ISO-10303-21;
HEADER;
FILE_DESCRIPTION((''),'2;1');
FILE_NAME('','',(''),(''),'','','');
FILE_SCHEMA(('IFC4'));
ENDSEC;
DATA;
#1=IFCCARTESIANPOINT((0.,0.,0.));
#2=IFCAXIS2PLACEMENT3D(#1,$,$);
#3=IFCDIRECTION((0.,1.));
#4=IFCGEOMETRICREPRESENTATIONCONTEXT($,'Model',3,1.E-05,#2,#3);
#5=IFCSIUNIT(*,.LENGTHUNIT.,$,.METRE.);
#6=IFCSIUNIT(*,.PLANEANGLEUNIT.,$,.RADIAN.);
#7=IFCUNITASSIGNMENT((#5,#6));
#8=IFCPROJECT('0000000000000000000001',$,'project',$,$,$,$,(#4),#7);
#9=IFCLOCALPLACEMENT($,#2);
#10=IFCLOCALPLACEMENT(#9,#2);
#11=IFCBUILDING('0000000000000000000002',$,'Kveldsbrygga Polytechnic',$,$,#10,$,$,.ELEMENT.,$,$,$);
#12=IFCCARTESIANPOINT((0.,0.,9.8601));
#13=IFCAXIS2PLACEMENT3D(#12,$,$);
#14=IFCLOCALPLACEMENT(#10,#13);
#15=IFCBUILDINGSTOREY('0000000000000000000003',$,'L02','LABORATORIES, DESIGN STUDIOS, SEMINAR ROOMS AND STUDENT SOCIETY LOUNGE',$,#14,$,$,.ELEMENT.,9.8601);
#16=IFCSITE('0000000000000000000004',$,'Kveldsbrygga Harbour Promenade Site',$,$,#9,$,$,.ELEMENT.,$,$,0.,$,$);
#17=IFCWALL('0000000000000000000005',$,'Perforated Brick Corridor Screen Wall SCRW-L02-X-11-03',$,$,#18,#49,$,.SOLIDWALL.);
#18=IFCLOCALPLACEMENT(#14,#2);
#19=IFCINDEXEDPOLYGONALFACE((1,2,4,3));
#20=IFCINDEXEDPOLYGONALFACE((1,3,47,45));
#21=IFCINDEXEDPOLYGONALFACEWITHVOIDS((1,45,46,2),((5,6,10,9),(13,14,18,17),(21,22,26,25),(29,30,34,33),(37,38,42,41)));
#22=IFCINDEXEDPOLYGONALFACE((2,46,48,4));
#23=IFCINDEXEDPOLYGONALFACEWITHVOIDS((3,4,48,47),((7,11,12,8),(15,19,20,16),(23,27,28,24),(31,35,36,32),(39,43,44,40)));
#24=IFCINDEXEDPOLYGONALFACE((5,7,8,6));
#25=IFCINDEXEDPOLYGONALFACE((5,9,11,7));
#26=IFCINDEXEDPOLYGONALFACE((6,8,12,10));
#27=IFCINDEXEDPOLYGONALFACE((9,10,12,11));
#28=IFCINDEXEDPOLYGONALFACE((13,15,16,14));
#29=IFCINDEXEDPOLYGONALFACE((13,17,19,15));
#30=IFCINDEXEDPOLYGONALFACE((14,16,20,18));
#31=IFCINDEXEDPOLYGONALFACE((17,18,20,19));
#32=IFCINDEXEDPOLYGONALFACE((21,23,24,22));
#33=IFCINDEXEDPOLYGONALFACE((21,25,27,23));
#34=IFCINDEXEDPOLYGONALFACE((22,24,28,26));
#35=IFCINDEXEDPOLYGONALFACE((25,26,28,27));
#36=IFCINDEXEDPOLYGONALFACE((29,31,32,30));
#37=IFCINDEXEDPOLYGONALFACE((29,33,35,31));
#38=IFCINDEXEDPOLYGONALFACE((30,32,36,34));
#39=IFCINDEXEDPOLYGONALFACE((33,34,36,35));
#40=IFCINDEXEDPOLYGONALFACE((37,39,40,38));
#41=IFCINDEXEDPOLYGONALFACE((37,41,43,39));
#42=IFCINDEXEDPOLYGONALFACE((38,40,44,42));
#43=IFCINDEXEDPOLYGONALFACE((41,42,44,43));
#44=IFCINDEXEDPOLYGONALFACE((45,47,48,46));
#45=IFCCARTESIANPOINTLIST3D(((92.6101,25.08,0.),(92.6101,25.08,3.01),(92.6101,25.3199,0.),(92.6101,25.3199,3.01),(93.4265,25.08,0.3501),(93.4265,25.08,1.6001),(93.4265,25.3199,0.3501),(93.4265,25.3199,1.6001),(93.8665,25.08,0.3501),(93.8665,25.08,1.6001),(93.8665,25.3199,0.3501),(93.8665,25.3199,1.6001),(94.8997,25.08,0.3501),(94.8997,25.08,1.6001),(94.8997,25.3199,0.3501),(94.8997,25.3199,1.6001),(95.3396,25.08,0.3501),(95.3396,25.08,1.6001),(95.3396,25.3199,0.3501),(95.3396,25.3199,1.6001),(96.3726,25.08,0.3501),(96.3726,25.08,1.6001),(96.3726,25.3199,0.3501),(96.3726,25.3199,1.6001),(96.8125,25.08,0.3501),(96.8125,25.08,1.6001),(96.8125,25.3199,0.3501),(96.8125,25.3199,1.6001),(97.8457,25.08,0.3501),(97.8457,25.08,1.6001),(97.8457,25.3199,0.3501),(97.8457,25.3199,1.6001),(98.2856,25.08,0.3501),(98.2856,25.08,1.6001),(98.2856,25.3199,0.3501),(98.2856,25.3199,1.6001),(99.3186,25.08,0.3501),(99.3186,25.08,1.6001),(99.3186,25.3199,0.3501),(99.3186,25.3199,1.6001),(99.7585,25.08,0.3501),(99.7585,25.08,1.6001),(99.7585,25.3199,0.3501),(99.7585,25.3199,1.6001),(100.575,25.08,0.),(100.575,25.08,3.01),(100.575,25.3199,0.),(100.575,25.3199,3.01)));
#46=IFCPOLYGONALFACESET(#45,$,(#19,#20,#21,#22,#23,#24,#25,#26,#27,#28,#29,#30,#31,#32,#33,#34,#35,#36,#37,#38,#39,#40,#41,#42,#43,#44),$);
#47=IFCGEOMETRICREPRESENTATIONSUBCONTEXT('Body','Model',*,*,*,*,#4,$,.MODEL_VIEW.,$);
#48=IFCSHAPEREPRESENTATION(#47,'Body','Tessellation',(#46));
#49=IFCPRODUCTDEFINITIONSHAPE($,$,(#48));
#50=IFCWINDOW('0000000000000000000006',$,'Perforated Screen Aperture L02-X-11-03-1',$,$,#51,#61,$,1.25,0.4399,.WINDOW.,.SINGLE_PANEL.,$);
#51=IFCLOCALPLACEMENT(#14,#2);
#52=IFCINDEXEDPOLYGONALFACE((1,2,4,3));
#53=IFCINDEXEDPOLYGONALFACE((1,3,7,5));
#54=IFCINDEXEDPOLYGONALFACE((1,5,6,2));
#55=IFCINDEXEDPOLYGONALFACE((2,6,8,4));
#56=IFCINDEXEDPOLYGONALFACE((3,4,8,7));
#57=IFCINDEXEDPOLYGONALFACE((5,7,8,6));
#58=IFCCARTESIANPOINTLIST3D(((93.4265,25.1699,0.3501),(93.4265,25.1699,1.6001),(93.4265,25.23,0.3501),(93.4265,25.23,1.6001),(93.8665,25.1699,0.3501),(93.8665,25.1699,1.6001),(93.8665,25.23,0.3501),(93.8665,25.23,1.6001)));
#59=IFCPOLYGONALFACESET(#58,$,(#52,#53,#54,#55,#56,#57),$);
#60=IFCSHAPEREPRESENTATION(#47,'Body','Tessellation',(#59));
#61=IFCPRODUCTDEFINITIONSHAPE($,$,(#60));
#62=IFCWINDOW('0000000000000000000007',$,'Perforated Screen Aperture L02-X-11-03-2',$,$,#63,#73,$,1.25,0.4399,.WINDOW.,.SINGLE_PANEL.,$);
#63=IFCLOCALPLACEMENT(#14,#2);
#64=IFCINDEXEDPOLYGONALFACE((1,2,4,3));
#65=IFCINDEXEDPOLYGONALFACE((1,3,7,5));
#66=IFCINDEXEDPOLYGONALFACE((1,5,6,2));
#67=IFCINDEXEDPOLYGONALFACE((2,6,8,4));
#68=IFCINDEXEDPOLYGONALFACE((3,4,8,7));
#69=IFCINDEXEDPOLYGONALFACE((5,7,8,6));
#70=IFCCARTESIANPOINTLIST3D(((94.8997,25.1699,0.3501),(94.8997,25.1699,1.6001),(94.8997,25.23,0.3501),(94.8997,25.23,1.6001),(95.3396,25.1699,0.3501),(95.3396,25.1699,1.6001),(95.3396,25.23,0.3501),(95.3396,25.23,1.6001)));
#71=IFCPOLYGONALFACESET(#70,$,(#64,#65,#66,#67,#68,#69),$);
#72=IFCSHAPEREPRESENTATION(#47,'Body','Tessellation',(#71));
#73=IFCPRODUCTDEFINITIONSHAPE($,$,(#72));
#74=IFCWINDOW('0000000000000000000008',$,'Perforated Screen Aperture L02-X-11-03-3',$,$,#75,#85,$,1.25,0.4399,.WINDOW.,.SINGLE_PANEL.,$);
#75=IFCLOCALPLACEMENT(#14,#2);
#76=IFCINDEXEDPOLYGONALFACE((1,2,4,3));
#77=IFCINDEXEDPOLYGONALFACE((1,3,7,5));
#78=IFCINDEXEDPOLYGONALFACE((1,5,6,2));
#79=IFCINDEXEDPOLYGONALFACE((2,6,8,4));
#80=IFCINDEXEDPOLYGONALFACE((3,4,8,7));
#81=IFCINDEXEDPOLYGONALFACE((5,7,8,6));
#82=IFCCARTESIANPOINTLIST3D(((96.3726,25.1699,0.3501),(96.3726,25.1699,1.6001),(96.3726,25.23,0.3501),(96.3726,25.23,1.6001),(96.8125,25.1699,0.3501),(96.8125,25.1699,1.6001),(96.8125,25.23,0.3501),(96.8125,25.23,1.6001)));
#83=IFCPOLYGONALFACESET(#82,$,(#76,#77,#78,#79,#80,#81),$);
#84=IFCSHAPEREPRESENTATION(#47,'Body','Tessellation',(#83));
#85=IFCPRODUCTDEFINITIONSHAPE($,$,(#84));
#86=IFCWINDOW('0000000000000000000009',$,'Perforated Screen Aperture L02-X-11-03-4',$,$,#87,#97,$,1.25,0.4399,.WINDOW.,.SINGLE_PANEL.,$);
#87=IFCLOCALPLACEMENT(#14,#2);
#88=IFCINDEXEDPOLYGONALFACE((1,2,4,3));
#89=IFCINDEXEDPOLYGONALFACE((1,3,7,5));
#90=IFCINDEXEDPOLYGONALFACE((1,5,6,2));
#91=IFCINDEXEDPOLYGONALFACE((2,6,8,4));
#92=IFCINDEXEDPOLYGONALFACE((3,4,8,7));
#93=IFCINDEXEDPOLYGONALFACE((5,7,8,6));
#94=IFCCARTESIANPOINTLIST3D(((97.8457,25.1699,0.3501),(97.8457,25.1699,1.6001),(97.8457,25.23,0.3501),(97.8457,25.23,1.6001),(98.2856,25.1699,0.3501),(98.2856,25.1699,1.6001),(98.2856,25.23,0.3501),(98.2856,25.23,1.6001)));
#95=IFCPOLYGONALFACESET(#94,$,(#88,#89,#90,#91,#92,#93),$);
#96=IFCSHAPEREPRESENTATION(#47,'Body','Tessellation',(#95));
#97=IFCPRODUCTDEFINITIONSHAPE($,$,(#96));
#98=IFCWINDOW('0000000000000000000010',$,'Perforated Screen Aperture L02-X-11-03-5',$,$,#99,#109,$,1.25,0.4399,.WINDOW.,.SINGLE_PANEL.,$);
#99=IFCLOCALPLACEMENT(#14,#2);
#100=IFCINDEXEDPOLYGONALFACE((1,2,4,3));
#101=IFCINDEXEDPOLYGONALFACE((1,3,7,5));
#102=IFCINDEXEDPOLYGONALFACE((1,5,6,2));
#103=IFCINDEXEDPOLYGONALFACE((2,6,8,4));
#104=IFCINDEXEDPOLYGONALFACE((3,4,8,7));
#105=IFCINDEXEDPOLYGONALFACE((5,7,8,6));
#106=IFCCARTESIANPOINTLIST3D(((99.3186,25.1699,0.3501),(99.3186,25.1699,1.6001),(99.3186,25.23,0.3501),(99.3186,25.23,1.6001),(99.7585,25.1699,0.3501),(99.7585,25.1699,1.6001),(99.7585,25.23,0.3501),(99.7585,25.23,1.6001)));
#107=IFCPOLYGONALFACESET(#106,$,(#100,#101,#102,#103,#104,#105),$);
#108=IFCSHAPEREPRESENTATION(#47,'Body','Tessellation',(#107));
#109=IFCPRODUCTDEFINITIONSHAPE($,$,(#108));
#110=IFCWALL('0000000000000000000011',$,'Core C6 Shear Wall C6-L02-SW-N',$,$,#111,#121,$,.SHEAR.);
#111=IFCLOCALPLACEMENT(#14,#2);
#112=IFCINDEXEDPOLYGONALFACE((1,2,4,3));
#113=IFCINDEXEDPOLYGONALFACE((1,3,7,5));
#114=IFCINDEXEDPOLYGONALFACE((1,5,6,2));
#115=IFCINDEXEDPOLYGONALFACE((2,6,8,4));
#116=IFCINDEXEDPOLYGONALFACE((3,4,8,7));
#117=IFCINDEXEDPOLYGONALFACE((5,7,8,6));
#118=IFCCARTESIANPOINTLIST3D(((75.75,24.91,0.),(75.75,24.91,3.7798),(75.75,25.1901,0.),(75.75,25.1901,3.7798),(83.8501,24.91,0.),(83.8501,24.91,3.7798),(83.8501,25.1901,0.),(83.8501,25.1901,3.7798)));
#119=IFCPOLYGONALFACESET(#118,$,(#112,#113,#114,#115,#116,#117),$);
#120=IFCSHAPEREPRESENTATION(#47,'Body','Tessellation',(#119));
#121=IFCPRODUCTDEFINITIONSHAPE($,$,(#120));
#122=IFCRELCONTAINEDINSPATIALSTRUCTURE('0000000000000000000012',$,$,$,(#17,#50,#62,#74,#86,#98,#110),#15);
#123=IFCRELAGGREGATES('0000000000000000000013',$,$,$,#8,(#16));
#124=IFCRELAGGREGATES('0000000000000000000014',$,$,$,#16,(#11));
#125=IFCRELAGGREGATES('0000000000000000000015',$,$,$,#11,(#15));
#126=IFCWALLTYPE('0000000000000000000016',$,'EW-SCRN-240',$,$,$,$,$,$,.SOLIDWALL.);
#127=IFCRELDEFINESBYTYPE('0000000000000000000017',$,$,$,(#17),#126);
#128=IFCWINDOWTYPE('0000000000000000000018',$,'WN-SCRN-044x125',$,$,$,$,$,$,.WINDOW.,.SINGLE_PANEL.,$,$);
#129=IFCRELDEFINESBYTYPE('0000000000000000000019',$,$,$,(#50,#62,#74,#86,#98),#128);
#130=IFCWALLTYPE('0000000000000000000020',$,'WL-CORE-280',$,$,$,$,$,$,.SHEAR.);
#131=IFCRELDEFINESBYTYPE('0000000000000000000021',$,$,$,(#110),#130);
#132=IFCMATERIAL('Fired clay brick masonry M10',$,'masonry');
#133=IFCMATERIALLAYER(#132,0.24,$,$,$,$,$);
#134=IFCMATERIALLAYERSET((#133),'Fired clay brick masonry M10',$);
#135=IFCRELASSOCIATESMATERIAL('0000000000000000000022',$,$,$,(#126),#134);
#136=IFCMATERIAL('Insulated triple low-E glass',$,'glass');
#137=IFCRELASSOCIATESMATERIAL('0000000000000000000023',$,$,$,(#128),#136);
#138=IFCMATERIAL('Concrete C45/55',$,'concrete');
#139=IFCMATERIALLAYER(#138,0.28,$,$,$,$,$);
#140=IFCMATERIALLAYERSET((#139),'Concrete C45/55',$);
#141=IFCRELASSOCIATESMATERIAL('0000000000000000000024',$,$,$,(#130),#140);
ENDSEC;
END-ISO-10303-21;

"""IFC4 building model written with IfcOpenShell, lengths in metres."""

from ifc_helpers import new_model, si_unit, direction, frame, frame_2d, origin, place, context, subcontext, project, spatial, rectangle, extrude, material, layer, layer_set, type_object, element, fill, save


model = new_model("IFC4")

# Units and contexts
model_context = context("Model", 3, precision=1e-05, world=origin(), true_north=direction((0.0, 1.0)))
body_context = subcontext(model_context, "Body", "Model", "MODEL_VIEW")
ifc_project = project(units=[si_unit("LENGTHUNIT", "METRE"), si_unit("PLANEANGLEUNIT", "RADIAN")], contexts=[model_context])

# Site, building, storey
site_placement = place(None, origin())
site = spatial("IfcSite", under=ifc_project, at=site_placement, Name="Kveldsbrygga Harbour Promenade Site", CompositionType="ELEMENT", RefElevation=0.0)
building_placement = place(site_placement, origin())
building = spatial("IfcBuilding", under=site, at=building_placement, Name="Kveldsbrygga Polytechnic", CompositionType="ELEMENT")
storey_placement = place(building_placement, frame((0.0, 0.0, 9.8601)))
storey = spatial("IfcBuildingStorey", under=building, at=storey_placement, Name="L02", Description="LABORATORIES, DESIGN STUDIOS, SEMINAR ROOMS AND STUDENT SOCIETY LOUNGE", CompositionType="ELEMENT", Elevation=9.8601)

# Shared definitions
ifc_material_1 = material(Name="Concrete C45/55", Category="concrete")

# Shared definitions
ifc_material_2 = material(Name="Fired clay brick masonry M10", Category="masonry")

# Wall, openings, windows
ifc_layer_1 = layer(ifc_material_2, 0.24)
ifc_layer_set_1 = layer_set([ifc_layer_1], Name="Fired clay brick masonry M10")
wall_type_1 = type_object("IfcWallType", Name="EW-SCRN-240", PredefinedType="SOLIDWALL", material=ifc_layer_set_1)
ifc_material_3 = material(Name="Insulated triple low-E glass", Category="glass")
window_type = type_object("IfcWindowType", Name="WN-SCRN-044x125", PartitioningType="SINGLE_PANEL", PredefinedType="WINDOW", material=ifc_material_3)
wall_1_placement = place(storey_placement, frame((92.6101, 25.2, 0.0), z_axis=(0.0, 0.0, 1.0), x_axis=(1.0, 0.0, 0.0)))
wall_1 = element("IfcWall", 1, at=wall_1_placement, inside=storey, type_object=wall_type_1, Name="Perforated Brick Corridor Screen Wall SCRW-L02-X-11-03", PredefinedType="SOLIDWALL", context=body_context, shape_type="SweptSolid", body=[
    extrude(rectangle(XDim=7.9648, YDim=0.24, at=frame_2d((3.9824, 0.0))), origin(), (0.0, 0.0, 1.0), 3.01),
])
opening_1_placement = place(wall_1_placement, frame((0.8164, 0.0, 0.3501)))
opening_1 = element("IfcOpeningElement", 2, at=opening_1_placement, cuts=wall_1, PredefinedType="OPENING", context=body_context, shape_type="SweptSolid", body=[
    extrude(rectangle(XDim=0.4399, YDim=1.25, at=frame_2d((0.22, 0.625))), frame((0.0, 0.1299, 0.0), z_axis=(0.0, -1.0, 0.0), x_axis=(1.0, 0.0, 0.0)), (0.0, 0.0, 1.0), 0.26),
])
opening_2_placement = place(wall_1_placement, frame((2.2896, 0.0, 0.3501)))
opening_2 = element("IfcOpeningElement", 3, at=opening_2_placement, cuts=wall_1, PredefinedType="OPENING", context=body_context, shape_type="SweptSolid", body=[
    extrude(rectangle(XDim=0.4399, YDim=1.25, at=frame_2d((0.22, 0.625))), frame((0.0, 0.1299, 0.0), z_axis=(0.0, -1.0, 0.0), x_axis=(1.0, 0.0, 0.0)), (0.0, 0.0, 1.0), 0.26),
])
opening_3_placement = place(wall_1_placement, frame((3.7625, 0.0, 0.3501)))
opening_3 = element("IfcOpeningElement", 4, at=opening_3_placement, cuts=wall_1, PredefinedType="OPENING", context=body_context, shape_type="SweptSolid", body=[
    extrude(rectangle(XDim=0.4399, YDim=1.25, at=frame_2d((0.22, 0.625))), frame((0.0, 0.1299, 0.0), z_axis=(0.0, -1.0, 0.0), x_axis=(1.0, 0.0, 0.0)), (0.0, 0.0, 1.0), 0.26),
])
opening_4_placement = place(wall_1_placement, frame((5.2356, 0.0, 0.3501)))
opening_4 = element("IfcOpeningElement", 5, at=opening_4_placement, cuts=wall_1, PredefinedType="OPENING", context=body_context, shape_type="SweptSolid", body=[
    extrude(rectangle(XDim=0.4399, YDim=1.25, at=frame_2d((0.22, 0.625))), frame((0.0, 0.1299, 0.0), z_axis=(0.0, -1.0, 0.0), x_axis=(1.0, 0.0, 0.0)), (0.0, 0.0, 1.0), 0.26),
])
opening_5_placement = place(wall_1_placement, frame((6.7085, 0.0, 0.3501)))
opening_5 = element("IfcOpeningElement", 6, at=opening_5_placement, cuts=wall_1, PredefinedType="OPENING", context=body_context, shape_type="SweptSolid", body=[
    extrude(rectangle(XDim=0.4399, YDim=1.25, at=frame_2d((0.22, 0.625))), frame((0.0, 0.1299, 0.0), z_axis=(0.0, -1.0, 0.0), x_axis=(1.0, 0.0, 0.0)), (0.0, 0.0, 1.0), 0.26),
])
window_1_placement = place(opening_1_placement, origin())
window_1 = element("IfcWindow", 7, at=window_1_placement, inside=storey, type_object=window_type, Name="Perforated Screen Aperture L02-X-11-03-1", OverallHeight=1.25, OverallWidth=0.4399, PartitioningType="SINGLE_PANEL", PredefinedType="WINDOW", context=body_context, shape_type="SweptSolid", body=[
    extrude(rectangle(XDim=0.4399, YDim=1.25, at=frame_2d((0.22, 0.625))), frame((0.0, 0.03, 0.0), z_axis=(0.0, -1.0, 0.0), x_axis=(1.0, 0.0, 0.0)), (0.0, 0.0, 1.0), 0.0601),
])
fill(opening_1, window_1)
window_2_placement = place(opening_2_placement, origin())
window_2 = element("IfcWindow", 8, at=window_2_placement, inside=storey, type_object=window_type, Name="Perforated Screen Aperture L02-X-11-03-2", OverallHeight=1.25, OverallWidth=0.4399, PartitioningType="SINGLE_PANEL", PredefinedType="WINDOW", context=body_context, shape_type="SweptSolid", body=[
    extrude(rectangle(XDim=0.4399, YDim=1.25, at=frame_2d((0.22, 0.625))), frame((0.0, 0.03, 0.0), z_axis=(0.0, -1.0, 0.0), x_axis=(1.0, 0.0, 0.0)), (0.0, 0.0, 1.0), 0.0601),
])
fill(opening_2, window_2)
window_3_placement = place(opening_3_placement, origin())
window_3 = element("IfcWindow", 9, at=window_3_placement, inside=storey, type_object=window_type, Name="Perforated Screen Aperture L02-X-11-03-3", OverallHeight=1.25, OverallWidth=0.4399, PartitioningType="SINGLE_PANEL", PredefinedType="WINDOW", context=body_context, shape_type="SweptSolid", body=[
    extrude(rectangle(XDim=0.4399, YDim=1.25, at=frame_2d((0.22, 0.625))), frame((0.0, 0.03, 0.0), z_axis=(0.0, -1.0, 0.0), x_axis=(1.0, 0.0, 0.0)), (0.0, 0.0, 1.0), 0.0601),
])
fill(opening_3, window_3)
window_4_placement = place(opening_4_placement, origin())
window_4 = element("IfcWindow", 10, at=window_4_placement, inside=storey, type_object=window_type, Name="Perforated Screen Aperture L02-X-11-03-4", OverallHeight=1.25, OverallWidth=0.4399, PartitioningType="SINGLE_PANEL", PredefinedType="WINDOW", context=body_context, shape_type="SweptSolid", body=[
    extrude(rectangle(XDim=0.4399, YDim=1.25, at=frame_2d((0.22, 0.625))), frame((0.0, 0.03, 0.0), z_axis=(0.0, -1.0, 0.0), x_axis=(1.0, 0.0, 0.0)), (0.0, 0.0, 1.0), 0.0601),
])
fill(opening_4, window_4)
window_5_placement = place(opening_5_placement, origin())
window_5 = element("IfcWindow", 11, at=window_5_placement, inside=storey, type_object=window_type, Name="Perforated Screen Aperture L02-X-11-03-5", OverallHeight=1.25, OverallWidth=0.4399, PartitioningType="SINGLE_PANEL", PredefinedType="WINDOW", context=body_context, shape_type="SweptSolid", body=[
    extrude(rectangle(XDim=0.4399, YDim=1.25, at=frame_2d((0.22, 0.625))), frame((0.0, 0.03, 0.0), z_axis=(0.0, -1.0, 0.0), x_axis=(1.0, 0.0, 0.0)), (0.0, 0.0, 1.0), 0.0601),
])
fill(opening_5, window_5)

# Wall
ifc_layer_2 = layer(ifc_material_1, 0.28)
ifc_layer_set_2 = layer_set([ifc_layer_2], Name="Concrete C45/55")
wall_type_2 = type_object("IfcWallType", Name="WL-CORE-280", PredefinedType="SHEAR", material=ifc_layer_set_2)
wall_2_placement = place(storey_placement, frame((75.75, 25.05, 0.0), z_axis=(0.0, 0.0, 1.0), x_axis=(1.0, 0.0, 0.0)))
element("IfcWall", 12, at=wall_2_placement, inside=storey, type_object=wall_type_2, Name="Core C6 Shear Wall C6-L02-SW-N", PredefinedType="SHEAR", context=body_context, shape_type="SweptSolid", body=[
    extrude(rectangle(XDim=8.1001, YDim=0.28, at=frame_2d((4.05, 0.0))), origin(), (0.0, 0.0, 1.0), 3.7798),
])

save(model, "model.ifc")
